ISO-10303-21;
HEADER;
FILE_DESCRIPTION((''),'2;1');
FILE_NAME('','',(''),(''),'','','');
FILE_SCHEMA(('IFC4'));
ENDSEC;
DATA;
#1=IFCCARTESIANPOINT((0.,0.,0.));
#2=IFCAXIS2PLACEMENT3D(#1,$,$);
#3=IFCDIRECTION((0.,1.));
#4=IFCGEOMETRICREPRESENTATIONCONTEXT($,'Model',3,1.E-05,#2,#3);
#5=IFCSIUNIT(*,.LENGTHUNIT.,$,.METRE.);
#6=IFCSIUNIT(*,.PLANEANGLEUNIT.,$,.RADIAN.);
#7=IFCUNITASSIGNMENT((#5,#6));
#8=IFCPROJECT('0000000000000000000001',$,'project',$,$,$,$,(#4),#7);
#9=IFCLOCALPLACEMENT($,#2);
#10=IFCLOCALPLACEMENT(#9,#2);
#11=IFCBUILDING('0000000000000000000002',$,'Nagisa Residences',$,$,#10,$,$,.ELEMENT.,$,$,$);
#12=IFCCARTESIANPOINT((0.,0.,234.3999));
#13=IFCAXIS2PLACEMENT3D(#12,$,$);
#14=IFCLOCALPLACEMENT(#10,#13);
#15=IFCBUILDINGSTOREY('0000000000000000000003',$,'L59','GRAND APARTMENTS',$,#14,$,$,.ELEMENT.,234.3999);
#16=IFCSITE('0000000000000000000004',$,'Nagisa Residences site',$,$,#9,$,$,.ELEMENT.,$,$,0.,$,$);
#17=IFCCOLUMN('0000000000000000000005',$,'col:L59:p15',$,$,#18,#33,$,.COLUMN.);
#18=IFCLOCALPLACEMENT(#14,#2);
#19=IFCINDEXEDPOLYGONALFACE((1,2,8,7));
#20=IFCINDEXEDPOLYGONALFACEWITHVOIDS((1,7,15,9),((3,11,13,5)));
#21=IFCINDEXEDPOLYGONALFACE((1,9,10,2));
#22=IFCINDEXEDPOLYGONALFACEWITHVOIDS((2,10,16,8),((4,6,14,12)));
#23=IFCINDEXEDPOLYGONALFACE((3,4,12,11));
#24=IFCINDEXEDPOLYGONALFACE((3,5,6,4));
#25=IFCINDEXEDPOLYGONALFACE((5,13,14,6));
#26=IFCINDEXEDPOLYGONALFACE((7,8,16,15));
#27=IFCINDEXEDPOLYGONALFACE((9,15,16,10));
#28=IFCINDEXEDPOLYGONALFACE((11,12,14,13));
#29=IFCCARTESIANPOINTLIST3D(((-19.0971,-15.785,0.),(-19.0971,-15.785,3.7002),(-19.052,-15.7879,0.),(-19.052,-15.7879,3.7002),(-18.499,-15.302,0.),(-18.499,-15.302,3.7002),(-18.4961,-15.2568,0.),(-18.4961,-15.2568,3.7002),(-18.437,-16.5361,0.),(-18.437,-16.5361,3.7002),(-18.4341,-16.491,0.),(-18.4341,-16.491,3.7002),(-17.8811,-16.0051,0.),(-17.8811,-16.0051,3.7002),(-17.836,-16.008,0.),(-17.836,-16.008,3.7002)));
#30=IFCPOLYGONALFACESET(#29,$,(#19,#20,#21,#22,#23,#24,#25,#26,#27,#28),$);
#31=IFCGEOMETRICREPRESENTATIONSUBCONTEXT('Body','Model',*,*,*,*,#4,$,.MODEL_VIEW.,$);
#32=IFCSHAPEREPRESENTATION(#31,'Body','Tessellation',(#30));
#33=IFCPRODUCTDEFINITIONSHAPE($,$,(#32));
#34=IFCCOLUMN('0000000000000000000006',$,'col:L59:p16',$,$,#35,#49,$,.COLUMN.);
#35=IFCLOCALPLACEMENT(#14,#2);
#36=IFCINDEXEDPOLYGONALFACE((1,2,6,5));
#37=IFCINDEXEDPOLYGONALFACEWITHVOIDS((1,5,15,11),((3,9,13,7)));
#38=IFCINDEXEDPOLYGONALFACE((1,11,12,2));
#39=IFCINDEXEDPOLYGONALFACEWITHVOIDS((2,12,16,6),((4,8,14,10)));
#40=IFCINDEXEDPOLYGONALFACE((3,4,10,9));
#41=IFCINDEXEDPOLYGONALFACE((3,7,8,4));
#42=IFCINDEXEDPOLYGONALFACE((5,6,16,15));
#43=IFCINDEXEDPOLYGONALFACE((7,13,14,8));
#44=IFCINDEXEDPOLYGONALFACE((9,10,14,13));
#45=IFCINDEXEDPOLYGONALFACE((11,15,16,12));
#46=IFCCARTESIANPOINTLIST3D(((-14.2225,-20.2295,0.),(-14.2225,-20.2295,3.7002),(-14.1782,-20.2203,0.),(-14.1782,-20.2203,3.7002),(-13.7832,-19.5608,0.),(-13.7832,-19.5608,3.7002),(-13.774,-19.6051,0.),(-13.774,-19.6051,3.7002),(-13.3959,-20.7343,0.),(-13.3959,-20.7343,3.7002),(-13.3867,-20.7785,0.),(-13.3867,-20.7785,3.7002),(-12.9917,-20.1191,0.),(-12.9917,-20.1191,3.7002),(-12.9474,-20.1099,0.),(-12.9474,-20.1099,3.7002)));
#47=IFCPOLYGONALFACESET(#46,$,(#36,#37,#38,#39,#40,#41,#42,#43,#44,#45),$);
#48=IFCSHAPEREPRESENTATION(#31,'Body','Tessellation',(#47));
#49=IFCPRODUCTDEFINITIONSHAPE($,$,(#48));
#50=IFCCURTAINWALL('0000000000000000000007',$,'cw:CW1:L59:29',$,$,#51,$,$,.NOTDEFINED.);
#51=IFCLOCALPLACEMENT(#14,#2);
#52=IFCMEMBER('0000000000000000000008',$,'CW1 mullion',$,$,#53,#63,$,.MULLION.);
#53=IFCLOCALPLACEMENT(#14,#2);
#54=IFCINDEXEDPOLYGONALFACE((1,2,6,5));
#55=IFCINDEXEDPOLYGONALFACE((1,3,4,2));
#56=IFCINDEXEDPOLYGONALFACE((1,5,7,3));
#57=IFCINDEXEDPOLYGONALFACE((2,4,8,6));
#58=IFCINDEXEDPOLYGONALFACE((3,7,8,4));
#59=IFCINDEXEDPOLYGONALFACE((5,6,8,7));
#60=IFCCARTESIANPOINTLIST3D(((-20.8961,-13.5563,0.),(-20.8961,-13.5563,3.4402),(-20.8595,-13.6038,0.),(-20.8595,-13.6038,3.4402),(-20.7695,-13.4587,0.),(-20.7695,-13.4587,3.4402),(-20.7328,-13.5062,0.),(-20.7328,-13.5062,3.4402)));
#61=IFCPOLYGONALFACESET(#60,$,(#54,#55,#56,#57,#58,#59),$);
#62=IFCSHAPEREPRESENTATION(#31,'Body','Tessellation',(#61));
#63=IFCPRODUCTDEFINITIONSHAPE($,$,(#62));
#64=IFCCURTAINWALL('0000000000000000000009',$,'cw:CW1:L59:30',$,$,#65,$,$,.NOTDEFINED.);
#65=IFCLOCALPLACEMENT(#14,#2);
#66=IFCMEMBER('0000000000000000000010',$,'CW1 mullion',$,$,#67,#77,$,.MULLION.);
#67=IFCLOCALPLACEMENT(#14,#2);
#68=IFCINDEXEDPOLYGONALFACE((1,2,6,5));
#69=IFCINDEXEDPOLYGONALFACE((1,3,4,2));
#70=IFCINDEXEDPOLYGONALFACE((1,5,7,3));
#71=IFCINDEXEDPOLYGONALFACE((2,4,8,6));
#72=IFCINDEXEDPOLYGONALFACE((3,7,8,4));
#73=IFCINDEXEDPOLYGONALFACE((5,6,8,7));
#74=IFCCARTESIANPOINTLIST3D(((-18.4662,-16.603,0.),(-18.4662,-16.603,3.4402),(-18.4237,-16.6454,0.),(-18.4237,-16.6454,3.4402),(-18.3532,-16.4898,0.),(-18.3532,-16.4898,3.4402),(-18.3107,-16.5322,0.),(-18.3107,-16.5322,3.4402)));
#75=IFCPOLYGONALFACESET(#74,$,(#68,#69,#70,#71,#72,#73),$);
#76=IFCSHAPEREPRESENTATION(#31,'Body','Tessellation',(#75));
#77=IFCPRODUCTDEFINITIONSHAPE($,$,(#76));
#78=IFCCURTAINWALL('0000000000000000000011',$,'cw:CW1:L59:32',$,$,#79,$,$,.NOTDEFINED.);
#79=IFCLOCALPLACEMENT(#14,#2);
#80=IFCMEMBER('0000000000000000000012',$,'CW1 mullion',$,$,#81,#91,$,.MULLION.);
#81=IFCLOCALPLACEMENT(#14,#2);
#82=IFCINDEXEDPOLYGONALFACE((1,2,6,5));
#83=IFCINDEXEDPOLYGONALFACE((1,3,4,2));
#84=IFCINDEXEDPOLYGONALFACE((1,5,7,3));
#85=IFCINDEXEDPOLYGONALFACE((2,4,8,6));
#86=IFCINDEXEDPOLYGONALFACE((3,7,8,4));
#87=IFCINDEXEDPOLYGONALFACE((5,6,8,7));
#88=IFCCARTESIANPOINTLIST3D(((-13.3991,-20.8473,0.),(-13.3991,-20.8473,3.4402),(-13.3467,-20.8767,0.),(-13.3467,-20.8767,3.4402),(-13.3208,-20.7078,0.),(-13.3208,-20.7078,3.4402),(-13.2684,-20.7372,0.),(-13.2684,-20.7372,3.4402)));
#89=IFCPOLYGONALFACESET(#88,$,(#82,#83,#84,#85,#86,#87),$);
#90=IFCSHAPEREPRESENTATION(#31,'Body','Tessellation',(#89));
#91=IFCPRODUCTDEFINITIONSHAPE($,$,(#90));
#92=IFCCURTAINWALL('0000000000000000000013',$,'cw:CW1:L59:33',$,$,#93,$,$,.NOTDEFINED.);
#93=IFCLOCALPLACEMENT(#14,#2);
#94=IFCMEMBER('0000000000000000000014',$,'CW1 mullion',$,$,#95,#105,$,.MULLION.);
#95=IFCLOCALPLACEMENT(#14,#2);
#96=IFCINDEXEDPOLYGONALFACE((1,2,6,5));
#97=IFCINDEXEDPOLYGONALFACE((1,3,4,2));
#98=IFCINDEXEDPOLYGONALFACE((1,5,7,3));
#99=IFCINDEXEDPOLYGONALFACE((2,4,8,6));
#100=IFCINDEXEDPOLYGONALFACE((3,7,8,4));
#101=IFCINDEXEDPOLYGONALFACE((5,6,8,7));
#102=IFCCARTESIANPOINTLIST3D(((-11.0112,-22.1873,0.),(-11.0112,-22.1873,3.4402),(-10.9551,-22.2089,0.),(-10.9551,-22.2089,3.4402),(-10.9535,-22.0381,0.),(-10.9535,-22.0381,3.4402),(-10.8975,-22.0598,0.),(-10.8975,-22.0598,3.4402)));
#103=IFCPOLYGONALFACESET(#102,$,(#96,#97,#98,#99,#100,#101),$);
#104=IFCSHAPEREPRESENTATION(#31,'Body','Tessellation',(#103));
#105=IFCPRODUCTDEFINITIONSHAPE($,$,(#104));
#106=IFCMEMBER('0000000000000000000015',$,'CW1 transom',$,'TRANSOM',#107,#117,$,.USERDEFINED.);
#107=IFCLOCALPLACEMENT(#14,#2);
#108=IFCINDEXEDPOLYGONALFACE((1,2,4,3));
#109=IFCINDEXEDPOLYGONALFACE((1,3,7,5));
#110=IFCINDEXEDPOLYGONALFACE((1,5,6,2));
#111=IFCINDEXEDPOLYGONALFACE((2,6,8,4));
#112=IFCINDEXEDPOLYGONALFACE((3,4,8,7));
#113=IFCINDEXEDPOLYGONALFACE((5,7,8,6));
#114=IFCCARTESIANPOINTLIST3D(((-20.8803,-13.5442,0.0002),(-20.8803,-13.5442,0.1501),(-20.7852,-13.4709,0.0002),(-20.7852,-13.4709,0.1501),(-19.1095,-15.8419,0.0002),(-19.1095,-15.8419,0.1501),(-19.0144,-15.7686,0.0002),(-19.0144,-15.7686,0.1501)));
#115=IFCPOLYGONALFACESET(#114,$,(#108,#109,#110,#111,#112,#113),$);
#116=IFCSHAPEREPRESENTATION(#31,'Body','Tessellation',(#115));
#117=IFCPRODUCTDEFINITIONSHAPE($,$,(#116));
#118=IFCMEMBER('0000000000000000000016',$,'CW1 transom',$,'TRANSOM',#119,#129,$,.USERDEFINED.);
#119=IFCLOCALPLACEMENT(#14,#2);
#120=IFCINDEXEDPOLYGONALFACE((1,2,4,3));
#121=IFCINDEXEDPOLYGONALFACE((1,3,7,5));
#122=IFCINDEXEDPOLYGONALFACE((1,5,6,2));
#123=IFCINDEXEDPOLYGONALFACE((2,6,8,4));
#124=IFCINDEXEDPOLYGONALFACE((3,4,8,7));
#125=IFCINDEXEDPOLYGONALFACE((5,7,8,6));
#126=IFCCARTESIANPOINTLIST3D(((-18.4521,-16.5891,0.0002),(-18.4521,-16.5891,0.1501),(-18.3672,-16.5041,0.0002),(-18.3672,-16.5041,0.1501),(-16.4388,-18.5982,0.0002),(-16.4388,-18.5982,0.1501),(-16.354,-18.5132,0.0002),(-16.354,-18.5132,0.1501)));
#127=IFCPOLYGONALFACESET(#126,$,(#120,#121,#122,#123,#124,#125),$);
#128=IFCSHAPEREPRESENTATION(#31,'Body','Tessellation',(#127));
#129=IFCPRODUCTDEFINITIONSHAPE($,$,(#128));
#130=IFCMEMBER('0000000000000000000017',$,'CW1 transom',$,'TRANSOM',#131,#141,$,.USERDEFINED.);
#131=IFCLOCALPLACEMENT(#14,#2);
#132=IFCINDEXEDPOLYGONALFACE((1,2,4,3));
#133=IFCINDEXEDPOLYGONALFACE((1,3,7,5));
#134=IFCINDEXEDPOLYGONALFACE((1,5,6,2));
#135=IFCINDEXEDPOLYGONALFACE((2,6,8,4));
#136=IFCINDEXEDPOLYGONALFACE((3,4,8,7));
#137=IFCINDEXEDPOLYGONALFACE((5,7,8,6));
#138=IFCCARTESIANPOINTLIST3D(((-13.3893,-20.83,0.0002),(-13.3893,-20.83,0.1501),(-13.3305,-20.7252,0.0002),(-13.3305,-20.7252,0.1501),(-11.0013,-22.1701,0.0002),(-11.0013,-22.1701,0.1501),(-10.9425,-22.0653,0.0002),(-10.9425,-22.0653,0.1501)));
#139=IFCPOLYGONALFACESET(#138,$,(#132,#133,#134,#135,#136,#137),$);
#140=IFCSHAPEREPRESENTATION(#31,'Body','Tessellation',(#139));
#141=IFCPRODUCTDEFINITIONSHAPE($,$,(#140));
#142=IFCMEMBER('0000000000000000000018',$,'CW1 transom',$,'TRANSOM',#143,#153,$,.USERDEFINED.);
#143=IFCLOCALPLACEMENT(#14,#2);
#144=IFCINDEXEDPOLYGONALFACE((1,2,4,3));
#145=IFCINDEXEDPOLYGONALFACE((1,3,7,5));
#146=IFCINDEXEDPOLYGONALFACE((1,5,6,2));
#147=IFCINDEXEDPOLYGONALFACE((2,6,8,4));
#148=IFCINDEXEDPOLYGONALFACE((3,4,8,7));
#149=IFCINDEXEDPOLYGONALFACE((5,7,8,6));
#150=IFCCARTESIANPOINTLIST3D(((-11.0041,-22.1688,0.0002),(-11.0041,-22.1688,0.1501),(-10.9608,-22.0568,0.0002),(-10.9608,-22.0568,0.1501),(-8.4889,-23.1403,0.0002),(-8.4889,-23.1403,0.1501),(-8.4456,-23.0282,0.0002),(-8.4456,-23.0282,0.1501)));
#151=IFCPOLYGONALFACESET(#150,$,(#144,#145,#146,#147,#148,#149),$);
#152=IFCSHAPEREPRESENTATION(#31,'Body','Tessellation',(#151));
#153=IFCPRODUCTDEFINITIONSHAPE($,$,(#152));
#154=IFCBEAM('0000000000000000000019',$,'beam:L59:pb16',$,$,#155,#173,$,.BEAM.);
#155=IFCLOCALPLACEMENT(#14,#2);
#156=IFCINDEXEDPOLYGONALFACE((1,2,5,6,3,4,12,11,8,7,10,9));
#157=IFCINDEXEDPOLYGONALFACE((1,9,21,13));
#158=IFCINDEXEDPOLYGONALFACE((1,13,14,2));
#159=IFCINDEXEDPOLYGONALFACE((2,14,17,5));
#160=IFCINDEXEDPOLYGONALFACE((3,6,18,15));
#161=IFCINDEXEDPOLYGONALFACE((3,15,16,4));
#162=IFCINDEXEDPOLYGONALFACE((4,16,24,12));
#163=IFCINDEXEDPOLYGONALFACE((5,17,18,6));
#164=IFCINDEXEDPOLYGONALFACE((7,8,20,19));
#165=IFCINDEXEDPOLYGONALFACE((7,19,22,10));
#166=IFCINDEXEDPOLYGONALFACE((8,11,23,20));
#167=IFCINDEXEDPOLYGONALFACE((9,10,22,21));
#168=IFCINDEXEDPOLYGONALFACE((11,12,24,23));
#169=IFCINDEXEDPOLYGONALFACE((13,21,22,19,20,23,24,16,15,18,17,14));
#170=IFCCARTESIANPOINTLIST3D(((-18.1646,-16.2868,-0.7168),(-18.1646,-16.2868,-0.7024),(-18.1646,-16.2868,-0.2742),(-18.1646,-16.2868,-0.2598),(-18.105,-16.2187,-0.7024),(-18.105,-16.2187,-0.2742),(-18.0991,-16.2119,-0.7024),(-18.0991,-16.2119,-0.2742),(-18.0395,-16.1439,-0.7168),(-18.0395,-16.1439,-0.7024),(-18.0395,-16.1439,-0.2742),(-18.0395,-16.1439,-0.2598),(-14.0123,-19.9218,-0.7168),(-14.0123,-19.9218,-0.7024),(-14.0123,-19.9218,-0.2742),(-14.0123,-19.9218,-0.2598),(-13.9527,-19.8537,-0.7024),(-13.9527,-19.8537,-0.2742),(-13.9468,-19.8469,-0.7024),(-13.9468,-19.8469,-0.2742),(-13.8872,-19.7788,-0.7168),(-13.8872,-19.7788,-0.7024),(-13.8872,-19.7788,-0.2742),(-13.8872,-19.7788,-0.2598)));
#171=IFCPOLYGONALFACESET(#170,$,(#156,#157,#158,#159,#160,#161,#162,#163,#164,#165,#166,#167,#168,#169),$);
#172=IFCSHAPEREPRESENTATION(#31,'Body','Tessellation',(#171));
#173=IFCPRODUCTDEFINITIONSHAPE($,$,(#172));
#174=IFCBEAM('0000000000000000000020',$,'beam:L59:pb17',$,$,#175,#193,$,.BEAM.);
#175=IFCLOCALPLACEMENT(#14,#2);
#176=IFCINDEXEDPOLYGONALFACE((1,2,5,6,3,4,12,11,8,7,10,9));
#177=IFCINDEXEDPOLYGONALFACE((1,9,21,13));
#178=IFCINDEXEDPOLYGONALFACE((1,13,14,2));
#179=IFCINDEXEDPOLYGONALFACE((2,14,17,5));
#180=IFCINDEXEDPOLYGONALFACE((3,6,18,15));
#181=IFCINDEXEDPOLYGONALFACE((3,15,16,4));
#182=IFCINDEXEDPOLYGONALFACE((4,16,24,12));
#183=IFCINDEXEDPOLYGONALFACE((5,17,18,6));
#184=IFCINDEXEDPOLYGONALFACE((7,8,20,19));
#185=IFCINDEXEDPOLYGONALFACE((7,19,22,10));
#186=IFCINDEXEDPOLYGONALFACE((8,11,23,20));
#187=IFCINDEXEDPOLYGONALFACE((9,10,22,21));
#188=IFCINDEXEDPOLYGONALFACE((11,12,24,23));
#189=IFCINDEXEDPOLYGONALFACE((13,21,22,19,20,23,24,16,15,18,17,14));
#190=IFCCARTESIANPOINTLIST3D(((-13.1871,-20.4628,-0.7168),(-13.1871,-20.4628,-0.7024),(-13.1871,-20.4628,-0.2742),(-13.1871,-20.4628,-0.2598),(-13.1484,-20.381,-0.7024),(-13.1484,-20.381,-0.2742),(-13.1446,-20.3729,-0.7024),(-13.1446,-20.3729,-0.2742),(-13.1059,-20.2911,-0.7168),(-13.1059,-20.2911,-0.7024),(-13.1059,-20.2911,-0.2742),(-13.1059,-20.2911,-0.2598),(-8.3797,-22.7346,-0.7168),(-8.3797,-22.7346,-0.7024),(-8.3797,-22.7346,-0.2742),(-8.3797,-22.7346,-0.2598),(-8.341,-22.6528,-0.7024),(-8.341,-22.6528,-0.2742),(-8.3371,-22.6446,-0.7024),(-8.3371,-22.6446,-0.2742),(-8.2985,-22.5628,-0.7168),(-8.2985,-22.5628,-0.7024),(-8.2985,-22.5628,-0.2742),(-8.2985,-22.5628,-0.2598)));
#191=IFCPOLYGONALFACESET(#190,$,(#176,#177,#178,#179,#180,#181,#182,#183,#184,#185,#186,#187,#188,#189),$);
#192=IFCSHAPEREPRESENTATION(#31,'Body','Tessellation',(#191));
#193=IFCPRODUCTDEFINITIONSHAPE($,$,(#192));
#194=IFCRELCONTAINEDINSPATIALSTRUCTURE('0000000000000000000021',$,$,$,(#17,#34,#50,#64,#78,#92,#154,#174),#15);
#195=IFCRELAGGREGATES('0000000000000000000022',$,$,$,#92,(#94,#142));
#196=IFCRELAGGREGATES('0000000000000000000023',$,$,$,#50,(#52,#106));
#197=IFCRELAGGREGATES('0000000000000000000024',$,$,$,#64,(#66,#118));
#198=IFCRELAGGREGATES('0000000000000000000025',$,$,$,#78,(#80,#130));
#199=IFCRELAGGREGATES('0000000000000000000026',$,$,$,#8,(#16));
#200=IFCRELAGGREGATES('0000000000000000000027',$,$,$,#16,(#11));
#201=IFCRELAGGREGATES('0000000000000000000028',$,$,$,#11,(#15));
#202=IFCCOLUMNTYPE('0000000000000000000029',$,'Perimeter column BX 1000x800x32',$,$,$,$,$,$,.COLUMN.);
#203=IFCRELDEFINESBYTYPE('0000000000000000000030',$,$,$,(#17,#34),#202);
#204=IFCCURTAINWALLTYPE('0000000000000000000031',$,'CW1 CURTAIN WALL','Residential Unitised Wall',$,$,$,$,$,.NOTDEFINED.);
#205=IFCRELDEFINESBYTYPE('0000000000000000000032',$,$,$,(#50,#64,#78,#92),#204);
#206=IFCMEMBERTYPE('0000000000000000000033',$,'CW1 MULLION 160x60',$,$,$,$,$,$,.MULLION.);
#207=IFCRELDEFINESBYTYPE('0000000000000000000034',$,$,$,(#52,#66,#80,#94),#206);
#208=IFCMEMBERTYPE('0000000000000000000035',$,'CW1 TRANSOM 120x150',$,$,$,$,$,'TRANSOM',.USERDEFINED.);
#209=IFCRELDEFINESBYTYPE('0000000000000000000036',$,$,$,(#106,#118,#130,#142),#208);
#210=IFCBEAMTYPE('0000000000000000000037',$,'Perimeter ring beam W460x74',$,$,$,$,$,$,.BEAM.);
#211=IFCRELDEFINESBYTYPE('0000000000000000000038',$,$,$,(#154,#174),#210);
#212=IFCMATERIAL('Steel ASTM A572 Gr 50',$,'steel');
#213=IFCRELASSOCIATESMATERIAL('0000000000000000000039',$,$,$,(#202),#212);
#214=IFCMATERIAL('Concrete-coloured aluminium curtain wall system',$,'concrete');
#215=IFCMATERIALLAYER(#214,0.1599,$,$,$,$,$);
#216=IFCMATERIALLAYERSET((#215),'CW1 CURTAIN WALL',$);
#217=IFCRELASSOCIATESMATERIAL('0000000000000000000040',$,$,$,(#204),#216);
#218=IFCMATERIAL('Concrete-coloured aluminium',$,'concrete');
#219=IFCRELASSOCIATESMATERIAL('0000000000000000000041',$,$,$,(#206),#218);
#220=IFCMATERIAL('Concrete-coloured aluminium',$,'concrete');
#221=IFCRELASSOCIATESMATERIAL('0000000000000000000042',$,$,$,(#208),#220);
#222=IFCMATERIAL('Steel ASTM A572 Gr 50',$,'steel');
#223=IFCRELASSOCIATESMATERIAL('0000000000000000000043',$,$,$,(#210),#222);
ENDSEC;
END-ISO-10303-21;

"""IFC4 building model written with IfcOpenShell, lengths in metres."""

from ifc_helpers import new_model, si_unit, direction, frame, origin, origin_2d, place, context, subcontext, project, spatial, rectangle, hollow_rectangle, i_section, extrude, material, layer, layer_set, material_profile, profile_set, type_object, element, aggregate, save


model = new_model("IFC4")

# Units and contexts
model_context = context("Model", 3, precision=1e-05, world=origin(), true_north=direction((0.0, 1.0)))
body_context = subcontext(model_context, "Body", "Model", "MODEL_VIEW")
ifc_project = project(units=[si_unit("LENGTHUNIT", "METRE"), si_unit("PLANEANGLEUNIT", "RADIAN")], contexts=[model_context])

# Site, building, storey
site_placement = place(None, origin())
site = spatial("IfcSite", under=ifc_project, at=site_placement, Name="Nagisa Residences site", CompositionType="ELEMENT", RefElevation=0.0)
building_placement = place(site_placement, origin())
building = spatial("IfcBuilding", under=site, at=building_placement, Name="Nagisa Residences", CompositionType="ELEMENT")
storey_placement = place(building_placement, frame((0.0, 0.0, 234.3999)))
storey = spatial("IfcBuildingStorey", under=building, at=storey_placement, Name="L59", Description="GRAND APARTMENTS", CompositionType="ELEMENT", Elevation=234.3999)

# Columns
ifc_material_1 = material(Name="Steel ASTM A572 Gr 50", Category="steel")
ifc_material_profile_1 = material_profile(ifc_material_1, hollow_rectangle(XDim=1.0, YDim=0.8, WallThickness=0.032, at=origin_2d()), Name="BX 1000x800x32")
ifc_profile_set_1 = profile_set([ifc_material_profile_1], Name="Steel ASTM A572 Gr 50")
column_type = type_object("IfcColumnType", Name="Perimeter column BX 1000x800x32", PredefinedType="COLUMN", material=ifc_profile_set_1)
for number, where, z_axis, x_axis, name in (
    (1, (-18.4666, -15.8965, 0.0), (0.0, 0.0, 1.0), (0.660115, -0.751165, 0.0), "col:L59:p15"),
    (2, (-13.585, -20.1697, 0.0), (0.0, 0.0, 1.0), (0.835766, -0.549086, 0.0), "col:L59:p16"),
):
    element("IfcColumn", number, at=place(storey_placement, frame(where, z_axis=z_axis, x_axis=x_axis)), inside=storey, type_object=column_type, Name=name, PredefinedType="COLUMN", context=body_context, shape_type="SweptSolid", body=[
        extrude(hollow_rectangle(XDim=1.0, YDim=0.8, WallThickness=0.032, at=origin_2d()), origin(), (0.0, 0.0, 1.0), 3.7002),
    ])

# Curtain walls, members
ifc_material_2 = material(Name="Concrete-coloured aluminium curtain wall system", Category="concrete")
ifc_layer_1 = layer(ifc_material_2, 0.1599)
ifc_layer_set_1 = layer_set([ifc_layer_1], Name="CW1 CURTAIN WALL")
curtain_wall_type = type_object("IfcCurtainWallType", Name="CW1 CURTAIN WALL", Description="Residential Unitised Wall", PredefinedType="NOTDEFINED", material=ifc_layer_set_1)
curtain_wall_1_placement = place(storey_placement, origin())
curtain_wall_1 = element("IfcCurtainWall", 3, at=curtain_wall_1_placement, inside=storey, type_object=curtain_wall_type, Name="cw:CW1:L59:29", PredefinedType="NOTDEFINED")
ifc_material_3 = material(Name="Concrete-coloured aluminium", Category="concrete")
ifc_material_profile_2 = material_profile(ifc_material_3, rectangle(XDim=0.1599, YDim=0.0601, at=origin_2d()), Name="CW1 MULLION 160x60")
ifc_profile_set_2 = profile_set([ifc_material_profile_2], Name="Concrete-coloured aluminium")
member_type_1 = type_object("IfcMemberType", Name="CW1 MULLION 160x60", PredefinedType="MULLION", material=ifc_profile_set_2)
member_1_placement = place(storey_placement, frame((-20.8145, -13.5312, 0.0), z_axis=(0.0, 0.0, 1.0), x_axis=(0.79207, 0.61043, 0.0)))
member_1 = element("IfcMember", 4, at=member_1_placement, type_object=member_type_1, Name="CW1 mullion", PredefinedType="MULLION", context=body_context, shape_type="SweptSolid", body=[
    extrude(rectangle(XDim=0.1599, YDim=0.0601, at=origin_2d()), origin(), (0.0, 0.0, 1.0), 3.4402),
])
curtain_wall_2_placement = place(storey_placement, origin())
curtain_wall_2 = element("IfcCurtainWall", 5, at=curtain_wall_2_placement, inside=storey, type_object=curtain_wall_type, Name="cw:CW1:L59:30", PredefinedType="NOTDEFINED")
member_2_placement = place(storey_placement, frame((-18.3884, -16.5676, 0.0), z_axis=(0.0, 0.0, 1.0), x_axis=(0.706377, 0.707836, 0.0)))
member_2 = element("IfcMember", 6, at=member_2_placement, type_object=member_type_1, Name="CW1 mullion", PredefinedType="MULLION", context=body_context, shape_type="SweptSolid", body=[
    extrude(rectangle(XDim=0.1599, YDim=0.0601, at=origin_2d()), origin(), (0.0, 0.0, 1.0), 3.4402),
])
curtain_wall_3_placement = place(storey_placement, origin())
curtain_wall_3 = element("IfcCurtainWall", 7, at=curtain_wall_3_placement, inside=storey, type_object=curtain_wall_type, Name="cw:CW1:L59:32", PredefinedType="NOTDEFINED")
member_3_placement = place(storey_placement, frame((-13.3337, -20.7922, 0.0), z_axis=(0.0, 0.0, 1.0), x_axis=(0.489377, 0.872072, 0.0)))
member_3 = element("IfcMember", 8, at=member_3_placement, type_object=member_type_1, Name="CW1 mullion", PredefinedType="MULLION", context=body_context, shape_type="SweptSolid", body=[
    extrude(rectangle(XDim=0.1599, YDim=0.0601, at=origin_2d()), origin(), (0.0, 0.0, 1.0), 3.4402),
])
curtain_wall_4_placement = place(storey_placement, origin())
curtain_wall_4 = element("IfcCurtainWall", 9, at=curtain_wall_4_placement, inside=storey, type_object=curtain_wall_type, Name="cw:CW1:L59:33", PredefinedType="NOTDEFINED")
member_4_placement = place(storey_placement, frame((-10.9543, -22.1235, 0.0), z_axis=(0.0, 0.0, 1.0), x_axis=(0.360328, 0.932826, 0.0)))
member_4 = element("IfcMember", 10, at=member_4_placement, type_object=member_type_1, Name="CW1 mullion", PredefinedType="MULLION", context=body_context, shape_type="SweptSolid", body=[
    extrude(rectangle(XDim=0.1599, YDim=0.0601, at=origin_2d()), origin(), (0.0, 0.0, 1.0), 3.4402),
])

# Members
ifc_material_4 = material(Name="Concrete-coloured aluminium", Category="concrete")
ifc_material_profile_3 = material_profile(ifc_material_4, rectangle(XDim=0.1201, YDim=0.1499, at=origin_2d()), Name="CW1 TRANSOM 120x150")
ifc_profile_set_3 = profile_set([ifc_material_profile_3], Name="Concrete-coloured aluminium")
member_type_2 = type_object("IfcMemberType", Name="CW1 TRANSOM 120x150", ElementType="TRANSOM", PredefinedType="USERDEFINED", material=ifc_profile_set_3)
member_5_placement = place(storey_placement, frame((-20.8328, -13.5076, 0.0752), z_axis=(0.610439, -0.792064, 0.0), x_axis=(0.792064, 0.610439, 0.0)))
member_5 = element("IfcMember", 11, at=member_5_placement, type_object=member_type_2, Name="CW1 transom", ObjectType="TRANSOM", PredefinedType="USERDEFINED", context=body_context, shape_type="SweptSolid", body=[
    extrude(rectangle(XDim=0.1201, YDim=0.1499, at=origin_2d()), origin(), (0.0, 0.0, 1.0), 2.9009),
])
member_6_placement = place(storey_placement, frame((-18.4097, -16.5466, 0.0752), z_axis=(0.707836, -0.706377, 0.0), x_axis=(0.706377, 0.707836, 0.0)))
member_6 = element("IfcMember", 12, at=member_6_placement, type_object=member_type_2, Name="CW1 transom", ObjectType="TRANSOM", PredefinedType="USERDEFINED", context=body_context, shape_type="SweptSolid", body=[
    extrude(rectangle(XDim=0.1201, YDim=0.1499, at=origin_2d()), origin(), (0.0, 0.0, 1.0), 2.8442),
])
member_7_placement = place(storey_placement, frame((-13.3599, -20.7776, 0.0752), z_axis=(0.872063, -0.489393, 0.0), x_axis=(0.489393, 0.872063, 0.0)))
member_7 = element("IfcMember", 13, at=member_7_placement, type_object=member_type_2, Name="CW1 transom", ObjectType="TRANSOM", PredefinedType="USERDEFINED", context=body_context, shape_type="SweptSolid", body=[
    extrude(rectangle(XDim=0.1201, YDim=0.1499, at=origin_2d()), origin(), (0.0, 0.0, 1.0), 2.7383),
])
member_8_placement = place(storey_placement, frame((-10.9824, -22.1128, 0.0752), z_axis=(0.932838, -0.360295, 0.0), x_axis=(0.360295, 0.932838, 0.0)))
member_8 = element("IfcMember", 14, at=member_8_placement, type_object=member_type_2, Name="CW1 transom", ObjectType="TRANSOM", PredefinedType="USERDEFINED", context=body_context, shape_type="SweptSolid", body=[
    extrude(rectangle(XDim=0.1201, YDim=0.1499, at=origin_2d()), origin(), (0.0, 0.0, 1.0), 2.6963),
])
aggregate(curtain_wall_4, [member_4, member_8])

# Beams
ifc_material_5 = material(Name="Steel ASTM A572 Gr 50", Category="steel")
ifc_material_profile_4 = material_profile(ifc_material_5, i_section(OverallWidth=0.1899, OverallDepth=0.457, WebThickness=0.009, FlangeThickness=0.0144, at=origin_2d()), Name="W460x74")
ifc_profile_set_4 = profile_set([ifc_material_profile_4], Name="Steel ASTM A572 Gr 50")
beam_type_1 = type_object("IfcBeamType", Name="Perimeter ring beam W460x74", PredefinedType="BEAM", material=ifc_profile_set_4)
beam_1_placement = place(storey_placement, frame((-18.1021, -16.2153, -0.4883), z_axis=(0.752423, -0.65868, 0.0), x_axis=(0.65868, 0.752423, 0.0)))
element("IfcBeam", 15, at=beam_1_placement, inside=storey, type_object=beam_type_1, Name="beam:L59:pb16", PredefinedType="BEAM", context=body_context, shape_type="SweptSolid", body=[
    extrude(i_section(OverallWidth=0.1899, OverallDepth=0.457, WebThickness=0.009, FlangeThickness=0.0144, at=origin_2d()), origin(), (0.0, 0.0, 1.0), 5.5186),
])
beam_2_placement = place(storey_placement, frame((-13.1465, -20.377, -0.4883), z_axis=(0.904134, -0.427249, 0.0), x_axis=(0.427249, 0.904134, 0.0)))
element("IfcBeam", 16, at=beam_2_placement, inside=storey, type_object=beam_type_1, Name="beam:L59:pb17", PredefinedType="BEAM", context=body_context, shape_type="SweptSolid", body=[
    extrude(i_section(OverallWidth=0.1899, OverallDepth=0.457, WebThickness=0.009, FlangeThickness=0.0144, at=origin_2d()), origin(), (0.0, 0.0, 1.0), 5.3171),
])

aggregate(curtain_wall_1, [member_1, member_5])
aggregate(curtain_wall_2, [member_2, member_6])
aggregate(curtain_wall_3, [member_3, member_7])

save(model, "model.ifc")
